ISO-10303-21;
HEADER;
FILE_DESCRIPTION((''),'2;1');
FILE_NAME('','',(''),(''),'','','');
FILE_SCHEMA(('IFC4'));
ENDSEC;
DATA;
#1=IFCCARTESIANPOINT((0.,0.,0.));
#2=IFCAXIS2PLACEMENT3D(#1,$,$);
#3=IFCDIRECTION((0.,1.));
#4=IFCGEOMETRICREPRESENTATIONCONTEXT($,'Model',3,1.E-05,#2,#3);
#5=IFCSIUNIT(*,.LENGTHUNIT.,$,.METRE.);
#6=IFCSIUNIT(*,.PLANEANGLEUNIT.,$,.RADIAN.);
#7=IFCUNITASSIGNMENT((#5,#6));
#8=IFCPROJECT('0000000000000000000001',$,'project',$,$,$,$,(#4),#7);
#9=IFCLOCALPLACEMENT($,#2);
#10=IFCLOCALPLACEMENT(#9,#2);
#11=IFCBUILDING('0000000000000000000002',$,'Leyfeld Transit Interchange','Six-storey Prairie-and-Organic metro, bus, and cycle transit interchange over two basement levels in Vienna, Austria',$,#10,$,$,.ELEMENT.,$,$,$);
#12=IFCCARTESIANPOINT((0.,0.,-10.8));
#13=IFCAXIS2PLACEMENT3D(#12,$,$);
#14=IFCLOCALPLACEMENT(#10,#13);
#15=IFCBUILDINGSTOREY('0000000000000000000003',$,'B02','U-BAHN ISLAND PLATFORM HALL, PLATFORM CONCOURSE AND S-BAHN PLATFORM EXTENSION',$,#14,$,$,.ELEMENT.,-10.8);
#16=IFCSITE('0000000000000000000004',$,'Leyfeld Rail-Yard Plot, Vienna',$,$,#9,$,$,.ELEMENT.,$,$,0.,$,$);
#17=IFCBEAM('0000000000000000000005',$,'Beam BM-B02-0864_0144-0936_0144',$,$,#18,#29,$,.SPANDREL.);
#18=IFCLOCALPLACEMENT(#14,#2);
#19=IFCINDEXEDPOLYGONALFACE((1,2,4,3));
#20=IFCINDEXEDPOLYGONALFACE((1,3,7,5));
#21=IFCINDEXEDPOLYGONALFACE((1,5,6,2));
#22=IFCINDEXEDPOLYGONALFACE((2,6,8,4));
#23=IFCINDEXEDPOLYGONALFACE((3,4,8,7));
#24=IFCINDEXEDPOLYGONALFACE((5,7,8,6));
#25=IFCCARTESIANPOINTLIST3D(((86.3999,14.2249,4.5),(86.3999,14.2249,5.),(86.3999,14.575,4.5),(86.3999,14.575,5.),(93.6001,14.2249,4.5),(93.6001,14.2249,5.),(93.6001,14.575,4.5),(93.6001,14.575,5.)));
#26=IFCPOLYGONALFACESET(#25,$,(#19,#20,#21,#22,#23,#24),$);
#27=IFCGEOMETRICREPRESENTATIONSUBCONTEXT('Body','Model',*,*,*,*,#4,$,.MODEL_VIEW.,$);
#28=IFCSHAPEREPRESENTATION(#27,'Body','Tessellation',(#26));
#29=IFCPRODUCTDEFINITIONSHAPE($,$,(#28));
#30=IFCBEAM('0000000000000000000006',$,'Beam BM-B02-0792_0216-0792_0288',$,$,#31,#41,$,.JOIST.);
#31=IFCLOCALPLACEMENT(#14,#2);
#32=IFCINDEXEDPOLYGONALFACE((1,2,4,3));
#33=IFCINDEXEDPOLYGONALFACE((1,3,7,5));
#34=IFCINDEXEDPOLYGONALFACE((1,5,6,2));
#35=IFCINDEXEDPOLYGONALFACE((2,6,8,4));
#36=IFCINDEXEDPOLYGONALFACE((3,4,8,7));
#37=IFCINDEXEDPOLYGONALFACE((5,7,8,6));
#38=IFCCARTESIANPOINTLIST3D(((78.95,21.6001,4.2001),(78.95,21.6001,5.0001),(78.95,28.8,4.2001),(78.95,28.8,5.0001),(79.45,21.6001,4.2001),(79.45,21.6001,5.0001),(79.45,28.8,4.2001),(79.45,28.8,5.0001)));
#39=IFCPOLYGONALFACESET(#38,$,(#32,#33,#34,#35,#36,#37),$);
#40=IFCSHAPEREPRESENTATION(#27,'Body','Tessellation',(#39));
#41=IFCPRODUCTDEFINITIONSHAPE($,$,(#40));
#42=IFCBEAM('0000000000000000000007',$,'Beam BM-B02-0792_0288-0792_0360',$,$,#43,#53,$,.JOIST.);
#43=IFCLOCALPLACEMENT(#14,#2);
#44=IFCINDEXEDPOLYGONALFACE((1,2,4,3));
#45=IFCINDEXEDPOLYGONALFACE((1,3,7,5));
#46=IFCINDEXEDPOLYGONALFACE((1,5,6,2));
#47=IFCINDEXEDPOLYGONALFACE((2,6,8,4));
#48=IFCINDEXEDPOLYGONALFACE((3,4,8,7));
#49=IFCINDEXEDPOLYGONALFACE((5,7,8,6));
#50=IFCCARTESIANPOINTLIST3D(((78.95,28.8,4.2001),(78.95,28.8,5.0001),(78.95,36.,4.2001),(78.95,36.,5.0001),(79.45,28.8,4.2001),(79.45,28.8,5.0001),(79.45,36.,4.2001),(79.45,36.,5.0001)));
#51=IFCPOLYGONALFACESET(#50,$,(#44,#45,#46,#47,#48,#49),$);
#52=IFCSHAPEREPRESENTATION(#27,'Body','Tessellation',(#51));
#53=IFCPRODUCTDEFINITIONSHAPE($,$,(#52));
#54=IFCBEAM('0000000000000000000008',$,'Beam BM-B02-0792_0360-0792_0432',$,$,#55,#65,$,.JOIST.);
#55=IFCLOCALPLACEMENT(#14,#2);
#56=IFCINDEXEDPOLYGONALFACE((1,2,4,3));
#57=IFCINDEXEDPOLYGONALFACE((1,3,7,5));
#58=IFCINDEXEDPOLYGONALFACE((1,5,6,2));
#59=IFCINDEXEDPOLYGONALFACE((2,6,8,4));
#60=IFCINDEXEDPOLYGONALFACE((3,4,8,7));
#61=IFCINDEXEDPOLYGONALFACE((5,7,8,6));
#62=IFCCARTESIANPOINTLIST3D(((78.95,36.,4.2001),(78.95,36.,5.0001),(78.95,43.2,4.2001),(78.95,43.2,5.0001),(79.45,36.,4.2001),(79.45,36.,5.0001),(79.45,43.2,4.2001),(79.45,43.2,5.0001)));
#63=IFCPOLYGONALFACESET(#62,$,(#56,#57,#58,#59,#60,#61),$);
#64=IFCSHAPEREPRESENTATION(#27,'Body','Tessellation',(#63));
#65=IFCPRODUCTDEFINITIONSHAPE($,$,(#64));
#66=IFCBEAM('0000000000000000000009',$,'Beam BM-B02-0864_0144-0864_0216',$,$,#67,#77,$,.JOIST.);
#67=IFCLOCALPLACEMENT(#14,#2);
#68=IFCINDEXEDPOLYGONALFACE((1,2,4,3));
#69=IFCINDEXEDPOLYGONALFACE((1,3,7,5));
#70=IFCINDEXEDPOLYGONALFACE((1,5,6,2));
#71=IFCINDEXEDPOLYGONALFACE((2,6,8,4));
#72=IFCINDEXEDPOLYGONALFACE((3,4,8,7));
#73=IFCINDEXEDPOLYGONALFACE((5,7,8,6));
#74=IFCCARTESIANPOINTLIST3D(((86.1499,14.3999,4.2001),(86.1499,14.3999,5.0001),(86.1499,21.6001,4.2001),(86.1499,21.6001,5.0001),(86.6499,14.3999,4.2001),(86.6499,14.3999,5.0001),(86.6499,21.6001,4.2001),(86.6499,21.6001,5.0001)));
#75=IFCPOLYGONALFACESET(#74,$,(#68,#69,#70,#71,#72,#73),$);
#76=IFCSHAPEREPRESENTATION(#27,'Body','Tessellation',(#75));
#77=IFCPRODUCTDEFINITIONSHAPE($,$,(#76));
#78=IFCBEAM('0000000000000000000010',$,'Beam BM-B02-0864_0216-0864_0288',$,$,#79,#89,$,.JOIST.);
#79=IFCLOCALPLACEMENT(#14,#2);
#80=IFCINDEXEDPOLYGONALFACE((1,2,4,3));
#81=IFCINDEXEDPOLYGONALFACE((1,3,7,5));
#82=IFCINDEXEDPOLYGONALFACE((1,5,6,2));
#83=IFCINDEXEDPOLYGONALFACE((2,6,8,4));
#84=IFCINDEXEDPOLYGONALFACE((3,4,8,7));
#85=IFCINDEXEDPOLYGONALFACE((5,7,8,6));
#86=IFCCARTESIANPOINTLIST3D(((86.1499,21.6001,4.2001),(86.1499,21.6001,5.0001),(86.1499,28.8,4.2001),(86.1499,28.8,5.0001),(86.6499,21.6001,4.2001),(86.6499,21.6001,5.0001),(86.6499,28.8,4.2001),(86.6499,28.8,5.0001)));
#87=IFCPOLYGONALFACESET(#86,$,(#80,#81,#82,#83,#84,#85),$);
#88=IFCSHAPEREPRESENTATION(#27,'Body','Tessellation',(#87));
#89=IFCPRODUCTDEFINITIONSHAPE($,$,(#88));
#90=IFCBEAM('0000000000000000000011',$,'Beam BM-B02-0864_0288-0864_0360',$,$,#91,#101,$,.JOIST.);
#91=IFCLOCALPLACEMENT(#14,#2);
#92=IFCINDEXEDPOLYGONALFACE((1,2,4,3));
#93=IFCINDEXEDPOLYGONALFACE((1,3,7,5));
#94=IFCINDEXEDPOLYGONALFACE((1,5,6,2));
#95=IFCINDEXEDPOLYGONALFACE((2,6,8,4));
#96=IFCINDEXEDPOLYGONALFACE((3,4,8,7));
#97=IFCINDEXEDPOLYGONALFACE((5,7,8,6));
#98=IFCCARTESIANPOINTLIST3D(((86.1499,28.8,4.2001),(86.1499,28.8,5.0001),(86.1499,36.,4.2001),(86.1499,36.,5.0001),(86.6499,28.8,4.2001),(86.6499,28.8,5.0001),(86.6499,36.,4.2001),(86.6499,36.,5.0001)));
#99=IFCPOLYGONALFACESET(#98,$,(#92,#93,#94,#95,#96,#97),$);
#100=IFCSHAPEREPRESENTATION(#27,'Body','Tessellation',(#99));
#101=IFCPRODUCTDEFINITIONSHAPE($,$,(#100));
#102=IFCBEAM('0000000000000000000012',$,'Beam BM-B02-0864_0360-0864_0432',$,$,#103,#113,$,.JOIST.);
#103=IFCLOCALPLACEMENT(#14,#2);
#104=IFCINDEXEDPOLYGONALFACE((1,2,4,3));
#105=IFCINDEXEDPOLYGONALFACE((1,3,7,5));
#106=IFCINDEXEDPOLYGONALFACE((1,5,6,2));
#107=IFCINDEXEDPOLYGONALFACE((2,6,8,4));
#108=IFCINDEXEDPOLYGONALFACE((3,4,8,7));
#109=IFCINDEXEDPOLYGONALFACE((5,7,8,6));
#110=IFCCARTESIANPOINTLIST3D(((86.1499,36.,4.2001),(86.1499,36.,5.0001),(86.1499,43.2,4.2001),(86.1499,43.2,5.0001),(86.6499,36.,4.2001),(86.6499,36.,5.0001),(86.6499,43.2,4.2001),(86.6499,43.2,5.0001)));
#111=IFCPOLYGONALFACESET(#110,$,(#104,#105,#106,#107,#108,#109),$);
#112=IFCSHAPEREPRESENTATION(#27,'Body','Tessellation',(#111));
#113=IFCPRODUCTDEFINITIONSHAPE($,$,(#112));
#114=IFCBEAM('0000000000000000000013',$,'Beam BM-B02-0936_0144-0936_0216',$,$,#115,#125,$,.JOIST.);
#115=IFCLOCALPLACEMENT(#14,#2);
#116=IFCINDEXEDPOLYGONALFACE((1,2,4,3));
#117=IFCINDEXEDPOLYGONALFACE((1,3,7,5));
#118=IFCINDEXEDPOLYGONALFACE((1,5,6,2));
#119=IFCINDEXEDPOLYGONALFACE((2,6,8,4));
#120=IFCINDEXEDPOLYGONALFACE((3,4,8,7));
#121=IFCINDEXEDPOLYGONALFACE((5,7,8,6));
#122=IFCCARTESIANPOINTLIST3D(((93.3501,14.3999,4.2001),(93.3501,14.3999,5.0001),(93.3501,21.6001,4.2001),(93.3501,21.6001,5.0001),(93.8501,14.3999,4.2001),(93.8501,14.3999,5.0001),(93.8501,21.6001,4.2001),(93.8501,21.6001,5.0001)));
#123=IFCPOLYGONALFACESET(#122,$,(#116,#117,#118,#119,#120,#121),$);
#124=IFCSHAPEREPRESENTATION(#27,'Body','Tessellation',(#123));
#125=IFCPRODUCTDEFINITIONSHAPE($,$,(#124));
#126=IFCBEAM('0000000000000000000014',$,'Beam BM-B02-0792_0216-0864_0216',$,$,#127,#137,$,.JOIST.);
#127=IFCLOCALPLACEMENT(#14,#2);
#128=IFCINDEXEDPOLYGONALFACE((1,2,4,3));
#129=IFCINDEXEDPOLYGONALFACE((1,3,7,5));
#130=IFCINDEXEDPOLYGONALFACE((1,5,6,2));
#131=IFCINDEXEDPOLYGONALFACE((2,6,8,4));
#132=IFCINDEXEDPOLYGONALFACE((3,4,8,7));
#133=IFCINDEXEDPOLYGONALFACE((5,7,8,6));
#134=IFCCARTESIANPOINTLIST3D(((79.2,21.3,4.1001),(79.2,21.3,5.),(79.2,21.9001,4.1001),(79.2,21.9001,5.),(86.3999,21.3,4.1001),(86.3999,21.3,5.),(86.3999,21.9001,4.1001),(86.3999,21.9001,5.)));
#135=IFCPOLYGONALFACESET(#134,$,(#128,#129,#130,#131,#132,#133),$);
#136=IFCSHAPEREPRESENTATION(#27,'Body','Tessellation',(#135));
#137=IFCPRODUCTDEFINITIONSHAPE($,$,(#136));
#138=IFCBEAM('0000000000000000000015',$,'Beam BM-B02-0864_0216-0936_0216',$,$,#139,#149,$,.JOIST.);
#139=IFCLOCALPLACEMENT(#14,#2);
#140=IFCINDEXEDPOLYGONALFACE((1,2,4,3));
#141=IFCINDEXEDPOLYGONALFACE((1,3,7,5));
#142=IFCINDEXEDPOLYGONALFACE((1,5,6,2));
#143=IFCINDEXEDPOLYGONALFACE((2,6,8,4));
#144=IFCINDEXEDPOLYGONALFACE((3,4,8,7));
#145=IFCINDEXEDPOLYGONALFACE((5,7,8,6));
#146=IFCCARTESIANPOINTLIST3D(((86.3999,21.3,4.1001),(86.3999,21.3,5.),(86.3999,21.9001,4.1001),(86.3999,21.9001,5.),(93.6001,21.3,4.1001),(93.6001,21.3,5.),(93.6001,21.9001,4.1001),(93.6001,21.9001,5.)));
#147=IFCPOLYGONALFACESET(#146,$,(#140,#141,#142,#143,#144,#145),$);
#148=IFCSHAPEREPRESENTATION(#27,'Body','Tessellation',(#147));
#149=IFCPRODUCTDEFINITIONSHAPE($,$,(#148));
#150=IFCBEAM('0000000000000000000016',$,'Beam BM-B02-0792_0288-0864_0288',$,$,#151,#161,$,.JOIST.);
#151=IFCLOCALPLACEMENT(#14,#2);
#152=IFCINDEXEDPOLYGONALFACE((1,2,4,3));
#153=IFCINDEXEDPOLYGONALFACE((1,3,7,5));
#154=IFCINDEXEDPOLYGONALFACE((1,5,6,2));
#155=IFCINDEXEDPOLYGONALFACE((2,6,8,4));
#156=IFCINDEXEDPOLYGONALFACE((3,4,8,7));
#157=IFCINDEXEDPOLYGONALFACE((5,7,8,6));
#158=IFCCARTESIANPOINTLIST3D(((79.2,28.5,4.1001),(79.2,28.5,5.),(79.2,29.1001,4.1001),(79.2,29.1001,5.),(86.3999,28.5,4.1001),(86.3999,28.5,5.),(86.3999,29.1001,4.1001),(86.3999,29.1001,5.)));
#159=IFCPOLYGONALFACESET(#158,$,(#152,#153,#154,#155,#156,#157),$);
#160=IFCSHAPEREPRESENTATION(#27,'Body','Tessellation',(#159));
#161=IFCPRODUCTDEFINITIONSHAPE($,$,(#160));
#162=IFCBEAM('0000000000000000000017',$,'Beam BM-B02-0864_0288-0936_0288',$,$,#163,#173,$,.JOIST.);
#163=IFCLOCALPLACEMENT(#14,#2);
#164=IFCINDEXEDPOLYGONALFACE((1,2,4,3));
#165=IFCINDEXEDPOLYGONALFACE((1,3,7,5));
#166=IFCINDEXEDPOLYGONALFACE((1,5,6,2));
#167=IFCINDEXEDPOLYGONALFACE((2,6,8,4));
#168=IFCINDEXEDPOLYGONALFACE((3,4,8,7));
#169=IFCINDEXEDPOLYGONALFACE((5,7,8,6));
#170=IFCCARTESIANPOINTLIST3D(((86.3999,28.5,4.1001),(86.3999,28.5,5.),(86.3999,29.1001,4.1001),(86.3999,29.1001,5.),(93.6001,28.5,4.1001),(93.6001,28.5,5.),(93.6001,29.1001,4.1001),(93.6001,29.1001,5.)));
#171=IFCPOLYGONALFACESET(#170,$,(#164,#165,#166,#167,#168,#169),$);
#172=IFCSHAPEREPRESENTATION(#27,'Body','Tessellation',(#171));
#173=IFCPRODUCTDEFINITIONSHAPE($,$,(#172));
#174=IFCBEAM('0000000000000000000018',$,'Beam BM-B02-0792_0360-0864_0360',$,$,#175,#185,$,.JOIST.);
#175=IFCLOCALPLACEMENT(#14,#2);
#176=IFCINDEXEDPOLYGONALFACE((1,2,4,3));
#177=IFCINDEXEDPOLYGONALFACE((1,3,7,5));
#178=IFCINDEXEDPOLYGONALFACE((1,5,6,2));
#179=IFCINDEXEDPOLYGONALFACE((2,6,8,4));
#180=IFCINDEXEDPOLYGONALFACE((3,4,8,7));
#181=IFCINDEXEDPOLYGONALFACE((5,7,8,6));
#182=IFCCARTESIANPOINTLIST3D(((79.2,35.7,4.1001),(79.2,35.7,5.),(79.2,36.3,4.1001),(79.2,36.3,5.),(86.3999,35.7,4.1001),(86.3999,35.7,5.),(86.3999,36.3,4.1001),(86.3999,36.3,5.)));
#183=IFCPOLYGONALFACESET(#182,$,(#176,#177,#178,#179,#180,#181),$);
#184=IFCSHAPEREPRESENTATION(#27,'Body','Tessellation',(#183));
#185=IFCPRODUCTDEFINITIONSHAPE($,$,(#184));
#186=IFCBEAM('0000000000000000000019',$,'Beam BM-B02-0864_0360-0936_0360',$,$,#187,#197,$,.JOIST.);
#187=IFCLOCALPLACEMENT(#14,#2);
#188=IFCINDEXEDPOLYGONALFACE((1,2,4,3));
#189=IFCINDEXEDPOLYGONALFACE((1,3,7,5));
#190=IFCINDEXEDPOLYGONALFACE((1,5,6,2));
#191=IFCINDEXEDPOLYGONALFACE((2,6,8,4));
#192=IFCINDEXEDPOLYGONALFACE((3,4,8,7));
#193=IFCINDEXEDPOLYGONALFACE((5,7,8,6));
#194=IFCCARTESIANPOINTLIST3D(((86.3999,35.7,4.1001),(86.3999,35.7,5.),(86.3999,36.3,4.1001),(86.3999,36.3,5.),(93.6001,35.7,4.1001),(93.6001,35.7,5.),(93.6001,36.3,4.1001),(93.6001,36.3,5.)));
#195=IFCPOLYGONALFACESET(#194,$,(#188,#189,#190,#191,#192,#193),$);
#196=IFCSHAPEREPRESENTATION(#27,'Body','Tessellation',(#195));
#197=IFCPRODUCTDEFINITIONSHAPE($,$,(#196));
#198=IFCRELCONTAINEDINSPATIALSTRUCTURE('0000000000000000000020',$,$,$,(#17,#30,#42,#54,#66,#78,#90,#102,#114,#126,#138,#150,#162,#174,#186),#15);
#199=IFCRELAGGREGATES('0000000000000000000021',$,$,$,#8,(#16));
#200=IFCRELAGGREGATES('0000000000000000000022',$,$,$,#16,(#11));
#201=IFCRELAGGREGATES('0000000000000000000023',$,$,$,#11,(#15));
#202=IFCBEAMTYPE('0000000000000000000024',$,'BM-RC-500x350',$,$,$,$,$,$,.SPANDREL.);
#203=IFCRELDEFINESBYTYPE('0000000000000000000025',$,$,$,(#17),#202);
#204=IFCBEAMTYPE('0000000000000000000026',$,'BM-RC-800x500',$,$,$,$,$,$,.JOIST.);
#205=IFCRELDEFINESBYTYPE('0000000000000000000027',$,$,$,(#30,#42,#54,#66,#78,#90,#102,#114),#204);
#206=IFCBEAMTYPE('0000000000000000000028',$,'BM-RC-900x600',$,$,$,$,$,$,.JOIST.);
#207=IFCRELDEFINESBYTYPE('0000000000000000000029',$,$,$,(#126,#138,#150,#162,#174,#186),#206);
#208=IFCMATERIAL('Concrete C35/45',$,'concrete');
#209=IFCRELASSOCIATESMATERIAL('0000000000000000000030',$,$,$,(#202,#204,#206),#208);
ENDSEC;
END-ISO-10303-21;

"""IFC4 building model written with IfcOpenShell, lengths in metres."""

from ifc_helpers import new_model, si_unit, direction, frame, origin, origin_2d, place, context, subcontext, project, spatial, rectangle, extrude, material, material_profile, profile_set, type_object, element, save


model = new_model("IFC4")

# Units and contexts
model_context = context("Model", 3, precision=1e-05, world=origin(), true_north=direction((0.0, 1.0)))
body_context = subcontext(model_context, "Body", "Model", "MODEL_VIEW")
ifc_project = project(units=[si_unit("LENGTHUNIT", "METRE"), si_unit("PLANEANGLEUNIT", "RADIAN")], contexts=[model_context])

# Site, building, storey
site_placement = place(None, origin())
site = spatial("IfcSite", under=ifc_project, at=site_placement, Name="Leyfeld Rail-Yard Plot, Vienna", CompositionType="ELEMENT", RefElevation=0.0)
building_placement = place(site_placement, origin())
building = spatial("IfcBuilding", under=site, at=building_placement, Name="Leyfeld Transit Interchange", Description="Six-storey Prairie-and-Organic metro, bus, and cycle transit interchange over two basement levels in Vienna, Austria", CompositionType="ELEMENT")
storey_placement = place(building_placement, frame((0.0, 0.0, -10.8)))
storey = spatial("IfcBuildingStorey", under=building, at=storey_placement, Name="B02", Description="U-BAHN ISLAND PLATFORM HALL, PLATFORM CONCOURSE AND S-BAHN PLATFORM EXTENSION", CompositionType="ELEMENT", Elevation=-10.8)

# Shared definitions
ifc_material = material(Name="Concrete C35/45", Category="concrete")

# Beams
ifc_material_profile_1 = material_profile(ifc_material, rectangle(XDim=0.3501, YDim=0.5, at=origin_2d()), Name="RC 500x350")
ifc_profile_set_1 = profile_set([ifc_material_profile_1], Name="Concrete C35/45")
beam_type_1 = type_object("IfcBeamType", Name="BM-RC-500x350", PredefinedType="SPANDREL", material=ifc_profile_set_1)
beam_1_placement = place(storey_placement, frame((86.3999, 14.3999, 4.75), z_axis=(1.0, 0.0, 0.0), x_axis=(0.0, 1.0, 0.0)))
element("IfcBeam", 1, at=beam_1_placement, inside=storey, type_object=beam_type_1, Name="Beam BM-B02-0864_0144-0936_0144", PredefinedType="SPANDREL", context=body_context, shape_type="SweptSolid", body=[
    extrude(rectangle(XDim=0.3501, YDim=0.5, at=origin_2d()), origin(), (0.0, 0.0, 1.0), 7.2002),
])
ifc_material_profile_2 = material_profile(ifc_material, rectangle(XDim=0.5, YDim=0.8, at=origin_2d()), Name="RC 800x500")
ifc_profile_set_2 = profile_set([ifc_material_profile_2], Name="Concrete C35/45")
beam_type_2 = type_object("IfcBeamType", Name="BM-RC-800x500", PredefinedType="JOIST", material=ifc_profile_set_2)
for number, where, z_axis, x_axis, name in (
    (2, (79.2, 21.6001, 4.6001), (0.0, 1.0, 0.0), (-1.0, 0.0, 0.0), "Beam BM-B02-0792_0216-0792_0288"),
    (3, (79.2, 28.8, 4.6001), (0.0, 1.0, 0.0), (-1.0, 0.0, 0.0), "Beam BM-B02-0792_0288-0792_0360"),
    (4, (79.2, 36.0, 4.6001), (0.0, 1.0, 0.0), (-1.0, 0.0, 0.0), "Beam BM-B02-0792_0360-0792_0432"),
):
    element("IfcBeam", number, at=place(storey_placement, frame(where, z_axis=z_axis, x_axis=x_axis)), inside=storey, type_object=beam_type_2, Name=name, PredefinedType="JOIST", context=body_context, shape_type="SweptSolid", body=[
        extrude(rectangle(XDim=0.5, YDim=0.8, at=origin_2d()), origin(), (0.0, 0.0, 1.0), 7.2),
    ])
beam_2_placement = place(storey_placement, frame((86.3999, 14.3999, 4.6001), z_axis=(0.0, 1.0, 0.0), x_axis=(-1.0, 0.0, 0.0)))
element("IfcBeam", 5, at=beam_2_placement, inside=storey, type_object=beam_type_2, Name="Beam BM-B02-0864_0144-0864_0216", PredefinedType="JOIST", context=body_context, shape_type="SweptSolid", body=[
    extrude(rectangle(XDim=0.5, YDim=0.8, at=origin_2d()), origin(), (0.0, 0.0, 1.0), 7.2002),
])
for number, where, z_axis, x_axis, name in (
    (6, (86.3999, 21.6001, 4.6001), (0.0, 1.0, 0.0), (-1.0, 0.0, 0.0), "Beam BM-B02-0864_0216-0864_0288"),
    (7, (86.3999, 28.8, 4.6001), (0.0, 1.0, 0.0), (-1.0, 0.0, 0.0), "Beam BM-B02-0864_0288-0864_0360"),
    (8, (86.3999, 36.0, 4.6001), (0.0, 1.0, 0.0), (-1.0, 0.0, 0.0), "Beam BM-B02-0864_0360-0864_0432"),
):
    element("IfcBeam", number, at=place(storey_placement, frame(where, z_axis=z_axis, x_axis=x_axis)), inside=storey, type_object=beam_type_2, Name=name, PredefinedType="JOIST", context=body_context, shape_type="SweptSolid", body=[
        extrude(rectangle(XDim=0.5, YDim=0.8, at=origin_2d()), origin(), (0.0, 0.0, 1.0), 7.2),
    ])
beam_3_placement = place(storey_placement, frame((93.6001, 14.3999, 4.6001), z_axis=(0.0, 1.0, 0.0), x_axis=(-1.0, 0.0, 0.0)))
element("IfcBeam", 9, at=beam_3_placement, inside=storey, type_object=beam_type_2, Name="Beam BM-B02-0936_0144-0936_0216", PredefinedType="JOIST", context=body_context, shape_type="SweptSolid", body=[
    extrude(rectangle(XDim=0.5, YDim=0.8, at=origin_2d()), origin(), (0.0, 0.0, 1.0), 7.2002),
])
ifc_material_profile_3 = material_profile(ifc_material, rectangle(XDim=0.6001, YDim=0.8999, at=origin_2d()), Name="RC 900x600")
ifc_profile_set_3 = profile_set([ifc_material_profile_3], Name="Concrete C35/45")
beam_type_3 = type_object("IfcBeamType", Name="BM-RC-900x600", PredefinedType="JOIST", material=ifc_profile_set_3)
beam_4_placement = place(storey_placement, frame((79.2, 21.6001, 4.55), z_axis=(1.0, 0.0, 0.0), x_axis=(0.0, 1.0, 0.0)))
element("IfcBeam", 10, at=beam_4_placement, inside=storey, type_object=beam_type_3, Name="Beam BM-B02-0792_0216-0864_0216", PredefinedType="JOIST", context=body_context, shape_type="SweptSolid", body=[
    extrude(rectangle(XDim=0.6001, YDim=0.8999, at=origin_2d()), origin(), (0.0, 0.0, 1.0), 7.2),
])
beam_5_placement = place(storey_placement, frame((86.3999, 21.6001, 4.55), z_axis=(1.0, 0.0, 0.0), x_axis=(0.0, 1.0, 0.0)))
element("IfcBeam", 11, at=beam_5_placement, inside=storey, type_object=beam_type_3, Name="Beam BM-B02-0864_0216-0936_0216", PredefinedType="JOIST", context=body_context, shape_type="SweptSolid", body=[
    extrude(rectangle(XDim=0.6001, YDim=0.8999, at=origin_2d()), origin(), (0.0, 0.0, 1.0), 7.2002),
])
beam_6_placement = place(storey_placement, frame((79.2, 28.8, 4.55), z_axis=(1.0, 0.0, 0.0), x_axis=(0.0, 1.0, 0.0)))
element("IfcBeam", 12, at=beam_6_placement, inside=storey, type_object=beam_type_3, Name="Beam BM-B02-0792_0288-0864_0288", PredefinedType="JOIST", context=body_context, shape_type="SweptSolid", body=[
    extrude(rectangle(XDim=0.6001, YDim=0.8999, at=origin_2d()), origin(), (0.0, 0.0, 1.0), 7.2),
])
beam_7_placement = place(storey_placement, frame((86.3999, 28.8, 4.55), z_axis=(1.0, 0.0, 0.0), x_axis=(0.0, 1.0, 0.0)))
element("IfcBeam", 13, at=beam_7_placement, inside=storey, type_object=beam_type_3, Name="Beam BM-B02-0864_0288-0936_0288", PredefinedType="JOIST", context=body_context, shape_type="SweptSolid", body=[
    extrude(rectangle(XDim=0.6001, YDim=0.8999, at=origin_2d()), origin(), (0.0, 0.0, 1.0), 7.2002),
])
beam_8_placement = place(storey_placement, frame((79.2, 36.0, 4.55), z_axis=(1.0, 0.0, 0.0), x_axis=(0.0, 1.0, 0.0)))
element("IfcBeam", 14, at=beam_8_placement, inside=storey, type_object=beam_type_3, Name="Beam BM-B02-0792_0360-0864_0360", PredefinedType="JOIST", context=body_context, shape_type="SweptSolid", body=[
    extrude(rectangle(XDim=0.6001, YDim=0.8999, at=origin_2d()), origin(), (0.0, 0.0, 1.0), 7.2),
])
beam_9_placement = place(storey_placement, frame((86.3999, 36.0, 4.55), z_axis=(1.0, 0.0, 0.0), x_axis=(0.0, 1.0, 0.0)))
element("IfcBeam", 15, at=beam_9_placement, inside=storey, type_object=beam_type_3, Name="Beam BM-B02-0864_0360-0936_0360", PredefinedType="JOIST", context=body_context, shape_type="SweptSolid", body=[
    extrude(rectangle(XDim=0.6001, YDim=0.8999, at=origin_2d()), origin(), (0.0, 0.0, 1.0), 7.2002),
])

save(model, "model.ifc")
